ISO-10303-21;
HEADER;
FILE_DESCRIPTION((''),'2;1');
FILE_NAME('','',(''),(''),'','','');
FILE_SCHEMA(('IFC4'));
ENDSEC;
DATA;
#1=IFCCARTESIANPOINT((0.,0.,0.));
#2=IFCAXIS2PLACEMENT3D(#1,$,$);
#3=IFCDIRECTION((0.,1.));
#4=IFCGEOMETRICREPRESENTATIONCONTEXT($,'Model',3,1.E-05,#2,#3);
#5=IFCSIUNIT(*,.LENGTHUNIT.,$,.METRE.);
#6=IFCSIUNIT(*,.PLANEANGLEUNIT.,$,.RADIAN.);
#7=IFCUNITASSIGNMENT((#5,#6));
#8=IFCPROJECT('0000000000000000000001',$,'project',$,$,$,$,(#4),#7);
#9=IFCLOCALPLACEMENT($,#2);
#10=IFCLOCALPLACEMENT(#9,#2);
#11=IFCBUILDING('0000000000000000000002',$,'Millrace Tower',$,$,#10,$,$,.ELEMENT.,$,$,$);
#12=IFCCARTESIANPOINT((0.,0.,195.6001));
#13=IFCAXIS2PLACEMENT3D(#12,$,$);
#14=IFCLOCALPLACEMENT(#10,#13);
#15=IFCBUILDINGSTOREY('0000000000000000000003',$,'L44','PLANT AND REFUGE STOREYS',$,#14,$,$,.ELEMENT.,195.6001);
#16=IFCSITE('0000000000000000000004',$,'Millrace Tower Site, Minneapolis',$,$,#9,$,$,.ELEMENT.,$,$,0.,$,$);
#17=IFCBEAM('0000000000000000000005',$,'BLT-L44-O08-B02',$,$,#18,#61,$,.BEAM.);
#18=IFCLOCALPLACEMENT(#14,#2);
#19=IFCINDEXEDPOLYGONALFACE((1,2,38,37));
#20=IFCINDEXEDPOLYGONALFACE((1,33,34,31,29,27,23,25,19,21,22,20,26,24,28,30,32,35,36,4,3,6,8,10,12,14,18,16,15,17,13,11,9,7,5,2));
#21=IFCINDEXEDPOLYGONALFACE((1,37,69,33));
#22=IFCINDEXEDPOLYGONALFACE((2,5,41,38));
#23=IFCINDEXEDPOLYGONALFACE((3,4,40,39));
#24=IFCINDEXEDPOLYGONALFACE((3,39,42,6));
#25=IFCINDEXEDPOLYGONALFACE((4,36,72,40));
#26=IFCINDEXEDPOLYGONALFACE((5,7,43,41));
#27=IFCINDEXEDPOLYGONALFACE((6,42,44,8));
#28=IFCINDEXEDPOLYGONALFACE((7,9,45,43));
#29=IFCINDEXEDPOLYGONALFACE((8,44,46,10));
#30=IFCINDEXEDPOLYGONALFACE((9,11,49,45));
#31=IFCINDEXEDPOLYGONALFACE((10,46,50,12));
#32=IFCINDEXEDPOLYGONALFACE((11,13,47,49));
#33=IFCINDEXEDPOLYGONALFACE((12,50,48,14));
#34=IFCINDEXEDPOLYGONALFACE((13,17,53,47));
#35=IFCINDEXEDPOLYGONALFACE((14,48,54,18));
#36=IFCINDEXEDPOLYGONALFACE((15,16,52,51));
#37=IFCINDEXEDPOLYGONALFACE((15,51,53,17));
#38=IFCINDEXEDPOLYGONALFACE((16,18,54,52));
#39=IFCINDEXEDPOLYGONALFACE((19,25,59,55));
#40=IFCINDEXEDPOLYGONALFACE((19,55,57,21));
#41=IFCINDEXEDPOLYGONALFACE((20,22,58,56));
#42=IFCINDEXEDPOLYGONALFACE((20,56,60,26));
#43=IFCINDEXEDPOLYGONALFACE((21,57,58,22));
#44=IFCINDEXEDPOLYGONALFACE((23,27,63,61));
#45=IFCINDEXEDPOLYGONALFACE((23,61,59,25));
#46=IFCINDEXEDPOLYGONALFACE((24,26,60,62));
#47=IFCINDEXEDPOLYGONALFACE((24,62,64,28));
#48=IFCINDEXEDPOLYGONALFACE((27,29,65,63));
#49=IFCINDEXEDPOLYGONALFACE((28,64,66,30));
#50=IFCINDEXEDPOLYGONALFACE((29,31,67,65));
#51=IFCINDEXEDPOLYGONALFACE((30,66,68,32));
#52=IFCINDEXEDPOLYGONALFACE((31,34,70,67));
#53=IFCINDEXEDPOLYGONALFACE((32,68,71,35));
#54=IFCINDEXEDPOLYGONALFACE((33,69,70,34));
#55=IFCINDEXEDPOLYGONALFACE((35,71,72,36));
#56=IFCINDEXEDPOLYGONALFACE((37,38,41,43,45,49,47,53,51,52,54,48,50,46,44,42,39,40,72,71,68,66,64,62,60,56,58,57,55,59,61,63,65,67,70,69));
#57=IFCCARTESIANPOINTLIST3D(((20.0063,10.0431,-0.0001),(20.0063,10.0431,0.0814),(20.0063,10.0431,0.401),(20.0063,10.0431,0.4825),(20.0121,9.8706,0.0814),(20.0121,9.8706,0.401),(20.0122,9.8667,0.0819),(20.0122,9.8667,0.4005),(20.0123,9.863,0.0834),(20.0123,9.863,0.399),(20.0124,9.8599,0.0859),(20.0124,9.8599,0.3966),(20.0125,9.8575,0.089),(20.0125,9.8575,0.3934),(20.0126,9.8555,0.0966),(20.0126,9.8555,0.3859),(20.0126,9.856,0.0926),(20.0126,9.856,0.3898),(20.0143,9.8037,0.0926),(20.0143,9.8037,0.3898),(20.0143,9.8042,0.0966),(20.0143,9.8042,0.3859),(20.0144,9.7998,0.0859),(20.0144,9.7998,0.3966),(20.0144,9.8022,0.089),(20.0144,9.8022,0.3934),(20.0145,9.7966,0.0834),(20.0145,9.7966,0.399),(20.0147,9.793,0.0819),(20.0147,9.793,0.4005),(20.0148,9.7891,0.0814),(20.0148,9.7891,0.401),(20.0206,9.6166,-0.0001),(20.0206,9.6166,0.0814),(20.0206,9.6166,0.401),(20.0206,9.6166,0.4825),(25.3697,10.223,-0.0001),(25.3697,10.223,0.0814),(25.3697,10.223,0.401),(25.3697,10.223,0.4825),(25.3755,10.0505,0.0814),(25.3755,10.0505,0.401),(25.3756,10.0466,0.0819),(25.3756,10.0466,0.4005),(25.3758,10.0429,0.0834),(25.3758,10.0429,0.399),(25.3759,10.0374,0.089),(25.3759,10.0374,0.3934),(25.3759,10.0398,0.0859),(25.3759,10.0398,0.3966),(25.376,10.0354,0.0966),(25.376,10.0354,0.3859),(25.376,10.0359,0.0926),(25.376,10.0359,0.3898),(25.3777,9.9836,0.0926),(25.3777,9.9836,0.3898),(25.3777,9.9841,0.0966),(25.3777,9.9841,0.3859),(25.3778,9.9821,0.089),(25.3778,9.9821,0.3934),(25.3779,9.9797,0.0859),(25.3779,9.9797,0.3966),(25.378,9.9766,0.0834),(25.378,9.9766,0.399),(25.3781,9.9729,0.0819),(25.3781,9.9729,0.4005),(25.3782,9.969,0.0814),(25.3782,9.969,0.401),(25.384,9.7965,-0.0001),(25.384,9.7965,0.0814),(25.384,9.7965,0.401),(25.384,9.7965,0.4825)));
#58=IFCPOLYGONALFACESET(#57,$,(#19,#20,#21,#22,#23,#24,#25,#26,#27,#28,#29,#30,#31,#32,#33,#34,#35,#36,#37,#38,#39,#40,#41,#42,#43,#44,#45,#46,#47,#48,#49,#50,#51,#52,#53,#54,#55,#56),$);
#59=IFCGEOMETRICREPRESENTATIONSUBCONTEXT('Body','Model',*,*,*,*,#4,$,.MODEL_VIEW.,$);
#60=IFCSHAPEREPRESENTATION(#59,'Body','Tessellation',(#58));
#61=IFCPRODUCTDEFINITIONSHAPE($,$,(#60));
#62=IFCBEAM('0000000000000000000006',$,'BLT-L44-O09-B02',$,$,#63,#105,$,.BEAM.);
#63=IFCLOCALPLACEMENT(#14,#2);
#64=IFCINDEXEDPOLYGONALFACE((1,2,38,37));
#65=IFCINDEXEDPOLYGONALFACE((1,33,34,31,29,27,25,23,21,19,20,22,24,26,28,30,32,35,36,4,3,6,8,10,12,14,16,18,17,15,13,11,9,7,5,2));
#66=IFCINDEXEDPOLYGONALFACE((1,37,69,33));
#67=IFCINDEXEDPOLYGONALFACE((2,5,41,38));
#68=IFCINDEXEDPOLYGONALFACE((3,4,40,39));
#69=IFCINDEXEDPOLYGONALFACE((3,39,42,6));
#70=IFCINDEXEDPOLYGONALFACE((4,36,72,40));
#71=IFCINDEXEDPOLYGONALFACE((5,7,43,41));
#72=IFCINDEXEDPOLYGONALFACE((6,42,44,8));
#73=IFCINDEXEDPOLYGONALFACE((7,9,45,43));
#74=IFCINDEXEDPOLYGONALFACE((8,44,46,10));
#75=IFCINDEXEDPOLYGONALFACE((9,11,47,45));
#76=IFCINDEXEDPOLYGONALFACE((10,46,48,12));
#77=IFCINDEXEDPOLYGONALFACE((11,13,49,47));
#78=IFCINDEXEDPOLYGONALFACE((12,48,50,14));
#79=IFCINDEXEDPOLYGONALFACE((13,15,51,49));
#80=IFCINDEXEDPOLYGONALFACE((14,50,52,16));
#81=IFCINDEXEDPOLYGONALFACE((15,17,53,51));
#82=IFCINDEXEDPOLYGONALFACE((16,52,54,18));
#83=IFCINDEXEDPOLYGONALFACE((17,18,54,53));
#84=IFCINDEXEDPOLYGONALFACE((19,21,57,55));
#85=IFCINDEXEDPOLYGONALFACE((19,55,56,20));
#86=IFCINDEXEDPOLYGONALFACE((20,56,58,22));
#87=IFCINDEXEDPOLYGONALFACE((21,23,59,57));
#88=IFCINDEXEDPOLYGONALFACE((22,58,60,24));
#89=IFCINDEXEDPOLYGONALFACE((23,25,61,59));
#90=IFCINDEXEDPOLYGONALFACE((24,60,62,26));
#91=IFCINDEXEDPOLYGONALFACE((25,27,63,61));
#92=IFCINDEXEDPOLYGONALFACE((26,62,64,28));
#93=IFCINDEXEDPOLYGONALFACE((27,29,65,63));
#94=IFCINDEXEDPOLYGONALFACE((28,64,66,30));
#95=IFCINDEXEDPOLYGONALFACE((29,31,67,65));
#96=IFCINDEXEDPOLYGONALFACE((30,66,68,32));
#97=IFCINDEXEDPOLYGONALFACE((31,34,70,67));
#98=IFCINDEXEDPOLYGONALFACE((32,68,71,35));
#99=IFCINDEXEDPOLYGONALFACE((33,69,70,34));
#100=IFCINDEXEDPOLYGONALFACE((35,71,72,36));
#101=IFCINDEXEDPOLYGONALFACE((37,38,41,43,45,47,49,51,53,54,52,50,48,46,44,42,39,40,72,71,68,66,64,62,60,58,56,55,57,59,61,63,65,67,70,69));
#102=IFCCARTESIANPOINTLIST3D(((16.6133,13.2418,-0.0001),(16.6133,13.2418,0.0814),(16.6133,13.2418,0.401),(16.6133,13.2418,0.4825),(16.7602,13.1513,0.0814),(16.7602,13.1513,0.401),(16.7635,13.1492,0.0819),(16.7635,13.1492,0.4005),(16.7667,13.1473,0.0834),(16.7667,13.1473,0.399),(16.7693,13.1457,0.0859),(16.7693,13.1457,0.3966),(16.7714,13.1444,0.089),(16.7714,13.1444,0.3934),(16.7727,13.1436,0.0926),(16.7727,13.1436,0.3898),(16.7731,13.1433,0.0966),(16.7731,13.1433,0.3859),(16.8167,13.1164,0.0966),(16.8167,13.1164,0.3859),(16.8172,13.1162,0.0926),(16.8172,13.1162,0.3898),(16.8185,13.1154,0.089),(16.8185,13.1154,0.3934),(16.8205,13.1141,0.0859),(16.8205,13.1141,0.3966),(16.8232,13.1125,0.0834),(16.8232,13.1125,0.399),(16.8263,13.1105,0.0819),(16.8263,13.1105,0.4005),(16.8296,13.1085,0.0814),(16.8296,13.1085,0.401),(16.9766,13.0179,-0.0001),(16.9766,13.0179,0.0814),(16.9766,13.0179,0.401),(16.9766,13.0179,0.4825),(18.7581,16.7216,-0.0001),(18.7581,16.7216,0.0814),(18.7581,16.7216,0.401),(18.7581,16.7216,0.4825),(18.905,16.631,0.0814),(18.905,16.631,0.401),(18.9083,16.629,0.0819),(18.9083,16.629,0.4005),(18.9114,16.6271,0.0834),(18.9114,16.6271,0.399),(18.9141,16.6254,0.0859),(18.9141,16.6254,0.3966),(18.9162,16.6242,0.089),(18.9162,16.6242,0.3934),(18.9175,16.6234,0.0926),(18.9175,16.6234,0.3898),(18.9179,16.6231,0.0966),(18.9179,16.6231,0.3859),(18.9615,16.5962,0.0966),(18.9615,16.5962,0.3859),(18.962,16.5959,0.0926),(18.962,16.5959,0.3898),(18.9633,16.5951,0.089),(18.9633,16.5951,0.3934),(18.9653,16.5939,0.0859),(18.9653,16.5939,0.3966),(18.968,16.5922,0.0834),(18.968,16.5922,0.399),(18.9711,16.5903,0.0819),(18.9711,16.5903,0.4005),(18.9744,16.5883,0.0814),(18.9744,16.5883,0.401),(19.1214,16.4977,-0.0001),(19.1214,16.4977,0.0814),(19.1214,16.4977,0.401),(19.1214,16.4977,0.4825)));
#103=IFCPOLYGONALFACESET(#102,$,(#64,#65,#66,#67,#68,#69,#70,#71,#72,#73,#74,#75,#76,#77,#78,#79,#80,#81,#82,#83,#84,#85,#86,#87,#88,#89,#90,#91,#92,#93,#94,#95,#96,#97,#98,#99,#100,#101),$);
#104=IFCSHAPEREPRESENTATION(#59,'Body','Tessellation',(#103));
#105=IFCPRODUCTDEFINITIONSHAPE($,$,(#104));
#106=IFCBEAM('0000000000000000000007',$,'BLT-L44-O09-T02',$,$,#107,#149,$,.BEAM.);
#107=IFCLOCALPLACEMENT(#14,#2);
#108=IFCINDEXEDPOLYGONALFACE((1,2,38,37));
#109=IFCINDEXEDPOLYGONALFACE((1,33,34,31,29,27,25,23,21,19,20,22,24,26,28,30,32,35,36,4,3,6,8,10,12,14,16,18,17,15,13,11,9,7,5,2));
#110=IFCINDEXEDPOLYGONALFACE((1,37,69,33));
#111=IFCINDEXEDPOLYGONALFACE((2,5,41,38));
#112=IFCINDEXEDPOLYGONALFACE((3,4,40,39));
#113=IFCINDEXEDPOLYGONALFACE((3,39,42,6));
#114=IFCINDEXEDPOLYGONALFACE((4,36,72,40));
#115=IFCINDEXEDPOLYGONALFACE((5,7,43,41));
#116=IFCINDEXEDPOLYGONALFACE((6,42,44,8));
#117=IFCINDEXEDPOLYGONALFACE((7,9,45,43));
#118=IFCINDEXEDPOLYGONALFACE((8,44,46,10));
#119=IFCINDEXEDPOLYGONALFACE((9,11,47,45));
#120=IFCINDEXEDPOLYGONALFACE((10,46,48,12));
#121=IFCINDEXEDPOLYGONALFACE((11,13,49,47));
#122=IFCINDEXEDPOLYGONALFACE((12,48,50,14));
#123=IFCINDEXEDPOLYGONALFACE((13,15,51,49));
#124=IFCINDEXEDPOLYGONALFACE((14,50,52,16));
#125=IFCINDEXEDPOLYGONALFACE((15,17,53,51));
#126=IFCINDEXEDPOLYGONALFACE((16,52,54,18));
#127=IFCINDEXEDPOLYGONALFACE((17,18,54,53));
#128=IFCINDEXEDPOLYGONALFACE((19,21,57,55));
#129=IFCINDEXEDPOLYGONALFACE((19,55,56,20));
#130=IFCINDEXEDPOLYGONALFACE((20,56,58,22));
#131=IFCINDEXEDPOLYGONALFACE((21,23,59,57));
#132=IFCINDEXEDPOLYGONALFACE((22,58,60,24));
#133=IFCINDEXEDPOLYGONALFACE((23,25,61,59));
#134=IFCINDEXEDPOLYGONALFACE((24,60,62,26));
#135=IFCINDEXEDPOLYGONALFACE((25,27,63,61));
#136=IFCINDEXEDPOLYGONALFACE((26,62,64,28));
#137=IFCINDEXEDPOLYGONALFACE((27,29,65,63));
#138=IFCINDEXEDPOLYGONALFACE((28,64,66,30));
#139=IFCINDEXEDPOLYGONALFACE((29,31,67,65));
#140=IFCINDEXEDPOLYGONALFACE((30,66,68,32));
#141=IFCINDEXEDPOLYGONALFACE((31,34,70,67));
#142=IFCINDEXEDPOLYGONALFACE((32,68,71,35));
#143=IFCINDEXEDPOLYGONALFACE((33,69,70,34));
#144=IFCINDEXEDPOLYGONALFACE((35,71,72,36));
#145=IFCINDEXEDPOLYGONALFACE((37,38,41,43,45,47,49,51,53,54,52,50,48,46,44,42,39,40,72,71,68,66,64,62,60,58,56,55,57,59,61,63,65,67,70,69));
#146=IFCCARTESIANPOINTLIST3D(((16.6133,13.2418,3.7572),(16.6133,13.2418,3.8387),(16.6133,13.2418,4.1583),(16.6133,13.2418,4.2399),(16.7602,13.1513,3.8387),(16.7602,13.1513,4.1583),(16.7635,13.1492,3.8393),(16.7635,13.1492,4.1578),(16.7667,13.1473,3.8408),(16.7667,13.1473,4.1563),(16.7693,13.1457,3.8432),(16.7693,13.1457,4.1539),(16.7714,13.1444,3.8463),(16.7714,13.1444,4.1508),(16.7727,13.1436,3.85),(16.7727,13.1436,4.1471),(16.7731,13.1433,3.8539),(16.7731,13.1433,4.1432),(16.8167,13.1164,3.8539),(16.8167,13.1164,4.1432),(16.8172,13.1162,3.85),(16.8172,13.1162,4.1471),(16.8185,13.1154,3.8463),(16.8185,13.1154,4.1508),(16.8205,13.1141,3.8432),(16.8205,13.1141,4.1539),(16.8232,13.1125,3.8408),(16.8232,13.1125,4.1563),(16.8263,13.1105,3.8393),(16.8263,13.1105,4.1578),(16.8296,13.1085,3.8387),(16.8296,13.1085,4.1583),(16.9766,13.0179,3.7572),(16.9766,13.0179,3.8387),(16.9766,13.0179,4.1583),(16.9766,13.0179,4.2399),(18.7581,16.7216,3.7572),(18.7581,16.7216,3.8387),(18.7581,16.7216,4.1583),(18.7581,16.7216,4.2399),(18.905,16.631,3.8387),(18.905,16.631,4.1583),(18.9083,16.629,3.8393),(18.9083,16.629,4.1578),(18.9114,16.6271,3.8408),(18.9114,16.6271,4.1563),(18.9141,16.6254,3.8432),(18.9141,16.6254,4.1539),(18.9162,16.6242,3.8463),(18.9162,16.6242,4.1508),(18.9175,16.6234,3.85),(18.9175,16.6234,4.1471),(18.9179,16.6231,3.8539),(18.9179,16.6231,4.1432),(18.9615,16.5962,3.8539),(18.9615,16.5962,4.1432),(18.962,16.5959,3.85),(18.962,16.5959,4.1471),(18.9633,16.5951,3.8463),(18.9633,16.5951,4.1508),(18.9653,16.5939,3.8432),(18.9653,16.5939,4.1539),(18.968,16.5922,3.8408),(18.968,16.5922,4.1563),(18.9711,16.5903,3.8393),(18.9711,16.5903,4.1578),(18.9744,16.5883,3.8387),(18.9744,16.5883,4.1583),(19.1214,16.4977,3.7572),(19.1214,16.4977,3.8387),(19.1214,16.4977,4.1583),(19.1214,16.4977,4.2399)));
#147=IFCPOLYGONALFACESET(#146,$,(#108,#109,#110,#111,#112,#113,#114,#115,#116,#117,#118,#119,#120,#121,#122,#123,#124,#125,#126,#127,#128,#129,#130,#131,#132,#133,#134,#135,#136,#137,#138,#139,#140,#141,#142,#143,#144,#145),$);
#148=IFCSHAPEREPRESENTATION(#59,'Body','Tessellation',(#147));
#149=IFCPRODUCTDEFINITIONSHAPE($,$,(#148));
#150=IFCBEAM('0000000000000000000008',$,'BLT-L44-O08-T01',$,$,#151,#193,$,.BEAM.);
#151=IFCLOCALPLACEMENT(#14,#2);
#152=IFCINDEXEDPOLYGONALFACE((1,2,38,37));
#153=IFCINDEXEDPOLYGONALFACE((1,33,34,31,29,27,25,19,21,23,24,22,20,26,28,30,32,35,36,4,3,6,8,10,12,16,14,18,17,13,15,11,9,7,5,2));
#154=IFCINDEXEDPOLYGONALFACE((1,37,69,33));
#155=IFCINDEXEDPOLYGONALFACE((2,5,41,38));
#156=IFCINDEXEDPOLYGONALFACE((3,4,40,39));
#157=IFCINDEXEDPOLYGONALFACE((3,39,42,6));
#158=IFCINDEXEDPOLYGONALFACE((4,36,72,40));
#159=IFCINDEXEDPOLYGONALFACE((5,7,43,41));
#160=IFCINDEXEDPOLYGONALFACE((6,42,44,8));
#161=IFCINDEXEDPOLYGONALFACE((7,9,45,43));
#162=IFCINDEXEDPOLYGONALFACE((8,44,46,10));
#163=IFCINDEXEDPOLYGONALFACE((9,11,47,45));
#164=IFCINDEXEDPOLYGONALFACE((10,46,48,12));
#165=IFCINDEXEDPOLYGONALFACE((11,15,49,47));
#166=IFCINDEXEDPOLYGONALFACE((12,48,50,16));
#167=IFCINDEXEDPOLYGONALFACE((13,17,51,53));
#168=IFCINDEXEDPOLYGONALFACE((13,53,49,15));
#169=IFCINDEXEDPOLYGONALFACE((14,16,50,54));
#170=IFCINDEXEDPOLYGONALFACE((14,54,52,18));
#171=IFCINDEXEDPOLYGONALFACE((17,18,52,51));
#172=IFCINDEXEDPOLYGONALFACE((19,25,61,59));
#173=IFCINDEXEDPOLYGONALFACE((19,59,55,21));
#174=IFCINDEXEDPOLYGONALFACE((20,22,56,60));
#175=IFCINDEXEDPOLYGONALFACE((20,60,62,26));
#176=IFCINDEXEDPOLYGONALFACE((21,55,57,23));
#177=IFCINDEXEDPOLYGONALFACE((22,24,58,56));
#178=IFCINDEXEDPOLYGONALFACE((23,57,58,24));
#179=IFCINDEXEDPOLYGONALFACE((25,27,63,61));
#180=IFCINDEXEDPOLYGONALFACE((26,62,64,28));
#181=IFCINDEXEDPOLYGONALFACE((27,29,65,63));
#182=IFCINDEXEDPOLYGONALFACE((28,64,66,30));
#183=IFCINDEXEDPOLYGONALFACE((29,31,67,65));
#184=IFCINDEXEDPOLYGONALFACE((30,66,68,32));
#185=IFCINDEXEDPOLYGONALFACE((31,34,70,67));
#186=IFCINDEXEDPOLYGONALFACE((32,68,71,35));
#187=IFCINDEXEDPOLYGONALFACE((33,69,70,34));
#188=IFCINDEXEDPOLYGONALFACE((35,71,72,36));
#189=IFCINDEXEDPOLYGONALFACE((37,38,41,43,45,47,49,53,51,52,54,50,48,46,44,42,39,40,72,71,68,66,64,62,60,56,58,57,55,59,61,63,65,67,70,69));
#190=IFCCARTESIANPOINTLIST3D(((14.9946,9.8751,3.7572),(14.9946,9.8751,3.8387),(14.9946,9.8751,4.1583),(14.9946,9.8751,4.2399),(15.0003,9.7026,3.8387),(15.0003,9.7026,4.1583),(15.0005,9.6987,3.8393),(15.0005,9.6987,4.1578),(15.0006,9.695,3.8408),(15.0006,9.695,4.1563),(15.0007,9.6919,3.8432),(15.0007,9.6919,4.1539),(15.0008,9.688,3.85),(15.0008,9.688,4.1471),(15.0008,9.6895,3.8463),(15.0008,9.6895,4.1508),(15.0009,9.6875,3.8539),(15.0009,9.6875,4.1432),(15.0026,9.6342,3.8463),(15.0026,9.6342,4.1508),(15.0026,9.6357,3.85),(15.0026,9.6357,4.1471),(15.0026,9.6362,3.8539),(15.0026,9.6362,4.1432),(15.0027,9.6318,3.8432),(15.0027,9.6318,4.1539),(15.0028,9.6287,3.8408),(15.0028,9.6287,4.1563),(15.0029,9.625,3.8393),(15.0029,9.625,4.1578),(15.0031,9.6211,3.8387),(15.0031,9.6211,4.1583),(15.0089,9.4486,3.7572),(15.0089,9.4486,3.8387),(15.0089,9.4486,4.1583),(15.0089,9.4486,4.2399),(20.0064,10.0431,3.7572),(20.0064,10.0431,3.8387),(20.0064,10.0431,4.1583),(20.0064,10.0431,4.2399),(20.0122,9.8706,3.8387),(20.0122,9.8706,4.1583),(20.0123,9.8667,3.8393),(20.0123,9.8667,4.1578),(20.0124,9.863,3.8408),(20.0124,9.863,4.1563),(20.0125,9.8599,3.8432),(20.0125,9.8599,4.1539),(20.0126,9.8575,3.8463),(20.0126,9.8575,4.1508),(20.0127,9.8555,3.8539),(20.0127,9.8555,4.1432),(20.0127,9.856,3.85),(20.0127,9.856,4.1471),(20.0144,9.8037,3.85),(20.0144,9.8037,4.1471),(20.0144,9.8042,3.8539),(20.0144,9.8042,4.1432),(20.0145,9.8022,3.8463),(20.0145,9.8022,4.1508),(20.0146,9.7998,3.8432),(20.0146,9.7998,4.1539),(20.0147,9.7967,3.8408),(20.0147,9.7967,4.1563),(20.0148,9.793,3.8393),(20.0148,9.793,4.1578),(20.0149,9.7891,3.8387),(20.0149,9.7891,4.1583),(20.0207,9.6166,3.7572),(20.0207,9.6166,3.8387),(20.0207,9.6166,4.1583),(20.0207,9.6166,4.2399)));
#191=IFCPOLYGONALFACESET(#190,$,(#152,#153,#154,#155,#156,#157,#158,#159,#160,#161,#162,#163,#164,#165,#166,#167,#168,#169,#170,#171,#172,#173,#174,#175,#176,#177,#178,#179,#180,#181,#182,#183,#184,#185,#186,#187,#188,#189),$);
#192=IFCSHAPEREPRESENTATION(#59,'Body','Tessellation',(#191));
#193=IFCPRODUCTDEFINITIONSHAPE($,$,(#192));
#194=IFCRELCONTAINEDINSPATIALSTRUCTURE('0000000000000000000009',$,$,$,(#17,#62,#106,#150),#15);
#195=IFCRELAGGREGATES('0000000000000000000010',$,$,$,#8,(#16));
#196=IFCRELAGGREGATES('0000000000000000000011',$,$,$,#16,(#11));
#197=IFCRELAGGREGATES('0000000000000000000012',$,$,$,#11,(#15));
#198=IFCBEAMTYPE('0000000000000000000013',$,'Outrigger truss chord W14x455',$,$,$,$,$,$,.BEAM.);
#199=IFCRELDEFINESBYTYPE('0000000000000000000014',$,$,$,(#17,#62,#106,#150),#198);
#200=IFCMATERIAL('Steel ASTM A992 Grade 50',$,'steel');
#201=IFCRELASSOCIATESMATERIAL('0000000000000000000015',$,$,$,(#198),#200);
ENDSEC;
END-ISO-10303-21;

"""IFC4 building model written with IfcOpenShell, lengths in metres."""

from ifc_helpers import new_model, si_unit, direction, frame, origin, origin_2d, place, context, subcontext, project, spatial, i_section, extrude, material, material_profile, profile_set, type_object, element, save


model = new_model("IFC4")

# Units and contexts
model_context = context("Model", 3, precision=1e-05, world=origin(), true_north=direction((0.0, 1.0)))
body_context = subcontext(model_context, "Body", "Model", "MODEL_VIEW")
ifc_project = project(units=[si_unit("LENGTHUNIT", "METRE"), si_unit("PLANEANGLEUNIT", "RADIAN")], contexts=[model_context])

# Site, building, storey
site_placement = place(None, origin())
site = spatial("IfcSite", under=ifc_project, at=site_placement, Name="Millrace Tower Site, Minneapolis", CompositionType="ELEMENT", RefElevation=0.0)
building_placement = place(site_placement, origin())
building = spatial("IfcBuilding", under=site, at=building_placement, Name="Millrace Tower", CompositionType="ELEMENT")
storey_placement = place(building_placement, frame((0.0, 0.0, 195.6001)))
storey = spatial("IfcBuildingStorey", under=building, at=storey_placement, Name="L44", Description="PLANT AND REFUGE STOREYS", CompositionType="ELEMENT", Elevation=195.6001)

# Beams
ifc_material_1 = material(Name="Steel ASTM A992 Grade 50", Category="steel")
ifc_material_profile_1 = material_profile(ifc_material_1, i_section(OverallWidth=0.4268, OverallDepth=0.4827, WebThickness=0.0513, FlangeThickness=0.0815, FilletRadius=0.0151, at=origin_2d()))
ifc_profile_set_1 = profile_set([ifc_material_profile_1], Name="Steel ASTM A992 Grade 50")
beam_type_1 = type_object("IfcBeamType", Name="Outrigger truss chord W14x455", PredefinedType="BEAM", material=ifc_profile_set_1)
beam_1_placement = place(storey_placement, frame((20.0134, 9.8298, 0.2412), z_axis=(0.999438, 0.033528, 0.0), x_axis=(-0.033528, 0.999438, 0.0)))
element("IfcBeam", 1, at=beam_1_placement, inside=storey, type_object=beam_type_1, Name="BLT-L44-O08-B02", PredefinedType="BEAM", context=body_context, shape_type="SweptSolid", body=[
    extrude(i_section(OverallWidth=0.4268, OverallDepth=0.4827, WebThickness=0.0513, FlangeThickness=0.0815, FilletRadius=0.0151, at=origin_2d()), origin(), (0.0, 0.0, 1.0), 5.3665),
])
for number, where, z_axis, x_axis, name in (
    (2, (16.7949, 13.1299, 0.2412), (0.5247, 0.851287, 0.0), (-0.851287, 0.5247, 0.0), "BLT-L44-O09-B02"),
    (3, (16.7949, 13.1299, 3.9985), (0.5247, 0.851287, 0.0), (-0.851287, 0.5247, 0.0), "BLT-L44-O09-T02"),
):
    element("IfcBeam", number, at=place(storey_placement, frame(where, z_axis=z_axis, x_axis=x_axis)), inside=storey, type_object=beam_type_1, Name=name, PredefinedType="BEAM", context=body_context, shape_type="SweptSolid", body=[
        extrude(i_section(OverallWidth=0.4268, OverallDepth=0.4827, WebThickness=0.0513, FlangeThickness=0.0815, FilletRadius=0.0151, at=origin_2d()), origin(), (0.0, 0.0, 1.0), 4.0876),
    ])
beam_2_placement = place(storey_placement, frame((15.0017, 9.6619, 3.9985), z_axis=(0.999439, 0.033496, 0.0), x_axis=(-0.033496, 0.999439, 0.0)))
element("IfcBeam", 4, at=beam_2_placement, inside=storey, type_object=beam_type_1, Name="BLT-L44-O08-T01", PredefinedType="BEAM", context=body_context, shape_type="SweptSolid", body=[
    extrude(i_section(OverallWidth=0.4268, OverallDepth=0.4827, WebThickness=0.0513, FlangeThickness=0.0815, FilletRadius=0.0151, at=origin_2d()), origin(), (0.0, 0.0, 1.0), 5.0146),
])

save(model, "model.ifc")
